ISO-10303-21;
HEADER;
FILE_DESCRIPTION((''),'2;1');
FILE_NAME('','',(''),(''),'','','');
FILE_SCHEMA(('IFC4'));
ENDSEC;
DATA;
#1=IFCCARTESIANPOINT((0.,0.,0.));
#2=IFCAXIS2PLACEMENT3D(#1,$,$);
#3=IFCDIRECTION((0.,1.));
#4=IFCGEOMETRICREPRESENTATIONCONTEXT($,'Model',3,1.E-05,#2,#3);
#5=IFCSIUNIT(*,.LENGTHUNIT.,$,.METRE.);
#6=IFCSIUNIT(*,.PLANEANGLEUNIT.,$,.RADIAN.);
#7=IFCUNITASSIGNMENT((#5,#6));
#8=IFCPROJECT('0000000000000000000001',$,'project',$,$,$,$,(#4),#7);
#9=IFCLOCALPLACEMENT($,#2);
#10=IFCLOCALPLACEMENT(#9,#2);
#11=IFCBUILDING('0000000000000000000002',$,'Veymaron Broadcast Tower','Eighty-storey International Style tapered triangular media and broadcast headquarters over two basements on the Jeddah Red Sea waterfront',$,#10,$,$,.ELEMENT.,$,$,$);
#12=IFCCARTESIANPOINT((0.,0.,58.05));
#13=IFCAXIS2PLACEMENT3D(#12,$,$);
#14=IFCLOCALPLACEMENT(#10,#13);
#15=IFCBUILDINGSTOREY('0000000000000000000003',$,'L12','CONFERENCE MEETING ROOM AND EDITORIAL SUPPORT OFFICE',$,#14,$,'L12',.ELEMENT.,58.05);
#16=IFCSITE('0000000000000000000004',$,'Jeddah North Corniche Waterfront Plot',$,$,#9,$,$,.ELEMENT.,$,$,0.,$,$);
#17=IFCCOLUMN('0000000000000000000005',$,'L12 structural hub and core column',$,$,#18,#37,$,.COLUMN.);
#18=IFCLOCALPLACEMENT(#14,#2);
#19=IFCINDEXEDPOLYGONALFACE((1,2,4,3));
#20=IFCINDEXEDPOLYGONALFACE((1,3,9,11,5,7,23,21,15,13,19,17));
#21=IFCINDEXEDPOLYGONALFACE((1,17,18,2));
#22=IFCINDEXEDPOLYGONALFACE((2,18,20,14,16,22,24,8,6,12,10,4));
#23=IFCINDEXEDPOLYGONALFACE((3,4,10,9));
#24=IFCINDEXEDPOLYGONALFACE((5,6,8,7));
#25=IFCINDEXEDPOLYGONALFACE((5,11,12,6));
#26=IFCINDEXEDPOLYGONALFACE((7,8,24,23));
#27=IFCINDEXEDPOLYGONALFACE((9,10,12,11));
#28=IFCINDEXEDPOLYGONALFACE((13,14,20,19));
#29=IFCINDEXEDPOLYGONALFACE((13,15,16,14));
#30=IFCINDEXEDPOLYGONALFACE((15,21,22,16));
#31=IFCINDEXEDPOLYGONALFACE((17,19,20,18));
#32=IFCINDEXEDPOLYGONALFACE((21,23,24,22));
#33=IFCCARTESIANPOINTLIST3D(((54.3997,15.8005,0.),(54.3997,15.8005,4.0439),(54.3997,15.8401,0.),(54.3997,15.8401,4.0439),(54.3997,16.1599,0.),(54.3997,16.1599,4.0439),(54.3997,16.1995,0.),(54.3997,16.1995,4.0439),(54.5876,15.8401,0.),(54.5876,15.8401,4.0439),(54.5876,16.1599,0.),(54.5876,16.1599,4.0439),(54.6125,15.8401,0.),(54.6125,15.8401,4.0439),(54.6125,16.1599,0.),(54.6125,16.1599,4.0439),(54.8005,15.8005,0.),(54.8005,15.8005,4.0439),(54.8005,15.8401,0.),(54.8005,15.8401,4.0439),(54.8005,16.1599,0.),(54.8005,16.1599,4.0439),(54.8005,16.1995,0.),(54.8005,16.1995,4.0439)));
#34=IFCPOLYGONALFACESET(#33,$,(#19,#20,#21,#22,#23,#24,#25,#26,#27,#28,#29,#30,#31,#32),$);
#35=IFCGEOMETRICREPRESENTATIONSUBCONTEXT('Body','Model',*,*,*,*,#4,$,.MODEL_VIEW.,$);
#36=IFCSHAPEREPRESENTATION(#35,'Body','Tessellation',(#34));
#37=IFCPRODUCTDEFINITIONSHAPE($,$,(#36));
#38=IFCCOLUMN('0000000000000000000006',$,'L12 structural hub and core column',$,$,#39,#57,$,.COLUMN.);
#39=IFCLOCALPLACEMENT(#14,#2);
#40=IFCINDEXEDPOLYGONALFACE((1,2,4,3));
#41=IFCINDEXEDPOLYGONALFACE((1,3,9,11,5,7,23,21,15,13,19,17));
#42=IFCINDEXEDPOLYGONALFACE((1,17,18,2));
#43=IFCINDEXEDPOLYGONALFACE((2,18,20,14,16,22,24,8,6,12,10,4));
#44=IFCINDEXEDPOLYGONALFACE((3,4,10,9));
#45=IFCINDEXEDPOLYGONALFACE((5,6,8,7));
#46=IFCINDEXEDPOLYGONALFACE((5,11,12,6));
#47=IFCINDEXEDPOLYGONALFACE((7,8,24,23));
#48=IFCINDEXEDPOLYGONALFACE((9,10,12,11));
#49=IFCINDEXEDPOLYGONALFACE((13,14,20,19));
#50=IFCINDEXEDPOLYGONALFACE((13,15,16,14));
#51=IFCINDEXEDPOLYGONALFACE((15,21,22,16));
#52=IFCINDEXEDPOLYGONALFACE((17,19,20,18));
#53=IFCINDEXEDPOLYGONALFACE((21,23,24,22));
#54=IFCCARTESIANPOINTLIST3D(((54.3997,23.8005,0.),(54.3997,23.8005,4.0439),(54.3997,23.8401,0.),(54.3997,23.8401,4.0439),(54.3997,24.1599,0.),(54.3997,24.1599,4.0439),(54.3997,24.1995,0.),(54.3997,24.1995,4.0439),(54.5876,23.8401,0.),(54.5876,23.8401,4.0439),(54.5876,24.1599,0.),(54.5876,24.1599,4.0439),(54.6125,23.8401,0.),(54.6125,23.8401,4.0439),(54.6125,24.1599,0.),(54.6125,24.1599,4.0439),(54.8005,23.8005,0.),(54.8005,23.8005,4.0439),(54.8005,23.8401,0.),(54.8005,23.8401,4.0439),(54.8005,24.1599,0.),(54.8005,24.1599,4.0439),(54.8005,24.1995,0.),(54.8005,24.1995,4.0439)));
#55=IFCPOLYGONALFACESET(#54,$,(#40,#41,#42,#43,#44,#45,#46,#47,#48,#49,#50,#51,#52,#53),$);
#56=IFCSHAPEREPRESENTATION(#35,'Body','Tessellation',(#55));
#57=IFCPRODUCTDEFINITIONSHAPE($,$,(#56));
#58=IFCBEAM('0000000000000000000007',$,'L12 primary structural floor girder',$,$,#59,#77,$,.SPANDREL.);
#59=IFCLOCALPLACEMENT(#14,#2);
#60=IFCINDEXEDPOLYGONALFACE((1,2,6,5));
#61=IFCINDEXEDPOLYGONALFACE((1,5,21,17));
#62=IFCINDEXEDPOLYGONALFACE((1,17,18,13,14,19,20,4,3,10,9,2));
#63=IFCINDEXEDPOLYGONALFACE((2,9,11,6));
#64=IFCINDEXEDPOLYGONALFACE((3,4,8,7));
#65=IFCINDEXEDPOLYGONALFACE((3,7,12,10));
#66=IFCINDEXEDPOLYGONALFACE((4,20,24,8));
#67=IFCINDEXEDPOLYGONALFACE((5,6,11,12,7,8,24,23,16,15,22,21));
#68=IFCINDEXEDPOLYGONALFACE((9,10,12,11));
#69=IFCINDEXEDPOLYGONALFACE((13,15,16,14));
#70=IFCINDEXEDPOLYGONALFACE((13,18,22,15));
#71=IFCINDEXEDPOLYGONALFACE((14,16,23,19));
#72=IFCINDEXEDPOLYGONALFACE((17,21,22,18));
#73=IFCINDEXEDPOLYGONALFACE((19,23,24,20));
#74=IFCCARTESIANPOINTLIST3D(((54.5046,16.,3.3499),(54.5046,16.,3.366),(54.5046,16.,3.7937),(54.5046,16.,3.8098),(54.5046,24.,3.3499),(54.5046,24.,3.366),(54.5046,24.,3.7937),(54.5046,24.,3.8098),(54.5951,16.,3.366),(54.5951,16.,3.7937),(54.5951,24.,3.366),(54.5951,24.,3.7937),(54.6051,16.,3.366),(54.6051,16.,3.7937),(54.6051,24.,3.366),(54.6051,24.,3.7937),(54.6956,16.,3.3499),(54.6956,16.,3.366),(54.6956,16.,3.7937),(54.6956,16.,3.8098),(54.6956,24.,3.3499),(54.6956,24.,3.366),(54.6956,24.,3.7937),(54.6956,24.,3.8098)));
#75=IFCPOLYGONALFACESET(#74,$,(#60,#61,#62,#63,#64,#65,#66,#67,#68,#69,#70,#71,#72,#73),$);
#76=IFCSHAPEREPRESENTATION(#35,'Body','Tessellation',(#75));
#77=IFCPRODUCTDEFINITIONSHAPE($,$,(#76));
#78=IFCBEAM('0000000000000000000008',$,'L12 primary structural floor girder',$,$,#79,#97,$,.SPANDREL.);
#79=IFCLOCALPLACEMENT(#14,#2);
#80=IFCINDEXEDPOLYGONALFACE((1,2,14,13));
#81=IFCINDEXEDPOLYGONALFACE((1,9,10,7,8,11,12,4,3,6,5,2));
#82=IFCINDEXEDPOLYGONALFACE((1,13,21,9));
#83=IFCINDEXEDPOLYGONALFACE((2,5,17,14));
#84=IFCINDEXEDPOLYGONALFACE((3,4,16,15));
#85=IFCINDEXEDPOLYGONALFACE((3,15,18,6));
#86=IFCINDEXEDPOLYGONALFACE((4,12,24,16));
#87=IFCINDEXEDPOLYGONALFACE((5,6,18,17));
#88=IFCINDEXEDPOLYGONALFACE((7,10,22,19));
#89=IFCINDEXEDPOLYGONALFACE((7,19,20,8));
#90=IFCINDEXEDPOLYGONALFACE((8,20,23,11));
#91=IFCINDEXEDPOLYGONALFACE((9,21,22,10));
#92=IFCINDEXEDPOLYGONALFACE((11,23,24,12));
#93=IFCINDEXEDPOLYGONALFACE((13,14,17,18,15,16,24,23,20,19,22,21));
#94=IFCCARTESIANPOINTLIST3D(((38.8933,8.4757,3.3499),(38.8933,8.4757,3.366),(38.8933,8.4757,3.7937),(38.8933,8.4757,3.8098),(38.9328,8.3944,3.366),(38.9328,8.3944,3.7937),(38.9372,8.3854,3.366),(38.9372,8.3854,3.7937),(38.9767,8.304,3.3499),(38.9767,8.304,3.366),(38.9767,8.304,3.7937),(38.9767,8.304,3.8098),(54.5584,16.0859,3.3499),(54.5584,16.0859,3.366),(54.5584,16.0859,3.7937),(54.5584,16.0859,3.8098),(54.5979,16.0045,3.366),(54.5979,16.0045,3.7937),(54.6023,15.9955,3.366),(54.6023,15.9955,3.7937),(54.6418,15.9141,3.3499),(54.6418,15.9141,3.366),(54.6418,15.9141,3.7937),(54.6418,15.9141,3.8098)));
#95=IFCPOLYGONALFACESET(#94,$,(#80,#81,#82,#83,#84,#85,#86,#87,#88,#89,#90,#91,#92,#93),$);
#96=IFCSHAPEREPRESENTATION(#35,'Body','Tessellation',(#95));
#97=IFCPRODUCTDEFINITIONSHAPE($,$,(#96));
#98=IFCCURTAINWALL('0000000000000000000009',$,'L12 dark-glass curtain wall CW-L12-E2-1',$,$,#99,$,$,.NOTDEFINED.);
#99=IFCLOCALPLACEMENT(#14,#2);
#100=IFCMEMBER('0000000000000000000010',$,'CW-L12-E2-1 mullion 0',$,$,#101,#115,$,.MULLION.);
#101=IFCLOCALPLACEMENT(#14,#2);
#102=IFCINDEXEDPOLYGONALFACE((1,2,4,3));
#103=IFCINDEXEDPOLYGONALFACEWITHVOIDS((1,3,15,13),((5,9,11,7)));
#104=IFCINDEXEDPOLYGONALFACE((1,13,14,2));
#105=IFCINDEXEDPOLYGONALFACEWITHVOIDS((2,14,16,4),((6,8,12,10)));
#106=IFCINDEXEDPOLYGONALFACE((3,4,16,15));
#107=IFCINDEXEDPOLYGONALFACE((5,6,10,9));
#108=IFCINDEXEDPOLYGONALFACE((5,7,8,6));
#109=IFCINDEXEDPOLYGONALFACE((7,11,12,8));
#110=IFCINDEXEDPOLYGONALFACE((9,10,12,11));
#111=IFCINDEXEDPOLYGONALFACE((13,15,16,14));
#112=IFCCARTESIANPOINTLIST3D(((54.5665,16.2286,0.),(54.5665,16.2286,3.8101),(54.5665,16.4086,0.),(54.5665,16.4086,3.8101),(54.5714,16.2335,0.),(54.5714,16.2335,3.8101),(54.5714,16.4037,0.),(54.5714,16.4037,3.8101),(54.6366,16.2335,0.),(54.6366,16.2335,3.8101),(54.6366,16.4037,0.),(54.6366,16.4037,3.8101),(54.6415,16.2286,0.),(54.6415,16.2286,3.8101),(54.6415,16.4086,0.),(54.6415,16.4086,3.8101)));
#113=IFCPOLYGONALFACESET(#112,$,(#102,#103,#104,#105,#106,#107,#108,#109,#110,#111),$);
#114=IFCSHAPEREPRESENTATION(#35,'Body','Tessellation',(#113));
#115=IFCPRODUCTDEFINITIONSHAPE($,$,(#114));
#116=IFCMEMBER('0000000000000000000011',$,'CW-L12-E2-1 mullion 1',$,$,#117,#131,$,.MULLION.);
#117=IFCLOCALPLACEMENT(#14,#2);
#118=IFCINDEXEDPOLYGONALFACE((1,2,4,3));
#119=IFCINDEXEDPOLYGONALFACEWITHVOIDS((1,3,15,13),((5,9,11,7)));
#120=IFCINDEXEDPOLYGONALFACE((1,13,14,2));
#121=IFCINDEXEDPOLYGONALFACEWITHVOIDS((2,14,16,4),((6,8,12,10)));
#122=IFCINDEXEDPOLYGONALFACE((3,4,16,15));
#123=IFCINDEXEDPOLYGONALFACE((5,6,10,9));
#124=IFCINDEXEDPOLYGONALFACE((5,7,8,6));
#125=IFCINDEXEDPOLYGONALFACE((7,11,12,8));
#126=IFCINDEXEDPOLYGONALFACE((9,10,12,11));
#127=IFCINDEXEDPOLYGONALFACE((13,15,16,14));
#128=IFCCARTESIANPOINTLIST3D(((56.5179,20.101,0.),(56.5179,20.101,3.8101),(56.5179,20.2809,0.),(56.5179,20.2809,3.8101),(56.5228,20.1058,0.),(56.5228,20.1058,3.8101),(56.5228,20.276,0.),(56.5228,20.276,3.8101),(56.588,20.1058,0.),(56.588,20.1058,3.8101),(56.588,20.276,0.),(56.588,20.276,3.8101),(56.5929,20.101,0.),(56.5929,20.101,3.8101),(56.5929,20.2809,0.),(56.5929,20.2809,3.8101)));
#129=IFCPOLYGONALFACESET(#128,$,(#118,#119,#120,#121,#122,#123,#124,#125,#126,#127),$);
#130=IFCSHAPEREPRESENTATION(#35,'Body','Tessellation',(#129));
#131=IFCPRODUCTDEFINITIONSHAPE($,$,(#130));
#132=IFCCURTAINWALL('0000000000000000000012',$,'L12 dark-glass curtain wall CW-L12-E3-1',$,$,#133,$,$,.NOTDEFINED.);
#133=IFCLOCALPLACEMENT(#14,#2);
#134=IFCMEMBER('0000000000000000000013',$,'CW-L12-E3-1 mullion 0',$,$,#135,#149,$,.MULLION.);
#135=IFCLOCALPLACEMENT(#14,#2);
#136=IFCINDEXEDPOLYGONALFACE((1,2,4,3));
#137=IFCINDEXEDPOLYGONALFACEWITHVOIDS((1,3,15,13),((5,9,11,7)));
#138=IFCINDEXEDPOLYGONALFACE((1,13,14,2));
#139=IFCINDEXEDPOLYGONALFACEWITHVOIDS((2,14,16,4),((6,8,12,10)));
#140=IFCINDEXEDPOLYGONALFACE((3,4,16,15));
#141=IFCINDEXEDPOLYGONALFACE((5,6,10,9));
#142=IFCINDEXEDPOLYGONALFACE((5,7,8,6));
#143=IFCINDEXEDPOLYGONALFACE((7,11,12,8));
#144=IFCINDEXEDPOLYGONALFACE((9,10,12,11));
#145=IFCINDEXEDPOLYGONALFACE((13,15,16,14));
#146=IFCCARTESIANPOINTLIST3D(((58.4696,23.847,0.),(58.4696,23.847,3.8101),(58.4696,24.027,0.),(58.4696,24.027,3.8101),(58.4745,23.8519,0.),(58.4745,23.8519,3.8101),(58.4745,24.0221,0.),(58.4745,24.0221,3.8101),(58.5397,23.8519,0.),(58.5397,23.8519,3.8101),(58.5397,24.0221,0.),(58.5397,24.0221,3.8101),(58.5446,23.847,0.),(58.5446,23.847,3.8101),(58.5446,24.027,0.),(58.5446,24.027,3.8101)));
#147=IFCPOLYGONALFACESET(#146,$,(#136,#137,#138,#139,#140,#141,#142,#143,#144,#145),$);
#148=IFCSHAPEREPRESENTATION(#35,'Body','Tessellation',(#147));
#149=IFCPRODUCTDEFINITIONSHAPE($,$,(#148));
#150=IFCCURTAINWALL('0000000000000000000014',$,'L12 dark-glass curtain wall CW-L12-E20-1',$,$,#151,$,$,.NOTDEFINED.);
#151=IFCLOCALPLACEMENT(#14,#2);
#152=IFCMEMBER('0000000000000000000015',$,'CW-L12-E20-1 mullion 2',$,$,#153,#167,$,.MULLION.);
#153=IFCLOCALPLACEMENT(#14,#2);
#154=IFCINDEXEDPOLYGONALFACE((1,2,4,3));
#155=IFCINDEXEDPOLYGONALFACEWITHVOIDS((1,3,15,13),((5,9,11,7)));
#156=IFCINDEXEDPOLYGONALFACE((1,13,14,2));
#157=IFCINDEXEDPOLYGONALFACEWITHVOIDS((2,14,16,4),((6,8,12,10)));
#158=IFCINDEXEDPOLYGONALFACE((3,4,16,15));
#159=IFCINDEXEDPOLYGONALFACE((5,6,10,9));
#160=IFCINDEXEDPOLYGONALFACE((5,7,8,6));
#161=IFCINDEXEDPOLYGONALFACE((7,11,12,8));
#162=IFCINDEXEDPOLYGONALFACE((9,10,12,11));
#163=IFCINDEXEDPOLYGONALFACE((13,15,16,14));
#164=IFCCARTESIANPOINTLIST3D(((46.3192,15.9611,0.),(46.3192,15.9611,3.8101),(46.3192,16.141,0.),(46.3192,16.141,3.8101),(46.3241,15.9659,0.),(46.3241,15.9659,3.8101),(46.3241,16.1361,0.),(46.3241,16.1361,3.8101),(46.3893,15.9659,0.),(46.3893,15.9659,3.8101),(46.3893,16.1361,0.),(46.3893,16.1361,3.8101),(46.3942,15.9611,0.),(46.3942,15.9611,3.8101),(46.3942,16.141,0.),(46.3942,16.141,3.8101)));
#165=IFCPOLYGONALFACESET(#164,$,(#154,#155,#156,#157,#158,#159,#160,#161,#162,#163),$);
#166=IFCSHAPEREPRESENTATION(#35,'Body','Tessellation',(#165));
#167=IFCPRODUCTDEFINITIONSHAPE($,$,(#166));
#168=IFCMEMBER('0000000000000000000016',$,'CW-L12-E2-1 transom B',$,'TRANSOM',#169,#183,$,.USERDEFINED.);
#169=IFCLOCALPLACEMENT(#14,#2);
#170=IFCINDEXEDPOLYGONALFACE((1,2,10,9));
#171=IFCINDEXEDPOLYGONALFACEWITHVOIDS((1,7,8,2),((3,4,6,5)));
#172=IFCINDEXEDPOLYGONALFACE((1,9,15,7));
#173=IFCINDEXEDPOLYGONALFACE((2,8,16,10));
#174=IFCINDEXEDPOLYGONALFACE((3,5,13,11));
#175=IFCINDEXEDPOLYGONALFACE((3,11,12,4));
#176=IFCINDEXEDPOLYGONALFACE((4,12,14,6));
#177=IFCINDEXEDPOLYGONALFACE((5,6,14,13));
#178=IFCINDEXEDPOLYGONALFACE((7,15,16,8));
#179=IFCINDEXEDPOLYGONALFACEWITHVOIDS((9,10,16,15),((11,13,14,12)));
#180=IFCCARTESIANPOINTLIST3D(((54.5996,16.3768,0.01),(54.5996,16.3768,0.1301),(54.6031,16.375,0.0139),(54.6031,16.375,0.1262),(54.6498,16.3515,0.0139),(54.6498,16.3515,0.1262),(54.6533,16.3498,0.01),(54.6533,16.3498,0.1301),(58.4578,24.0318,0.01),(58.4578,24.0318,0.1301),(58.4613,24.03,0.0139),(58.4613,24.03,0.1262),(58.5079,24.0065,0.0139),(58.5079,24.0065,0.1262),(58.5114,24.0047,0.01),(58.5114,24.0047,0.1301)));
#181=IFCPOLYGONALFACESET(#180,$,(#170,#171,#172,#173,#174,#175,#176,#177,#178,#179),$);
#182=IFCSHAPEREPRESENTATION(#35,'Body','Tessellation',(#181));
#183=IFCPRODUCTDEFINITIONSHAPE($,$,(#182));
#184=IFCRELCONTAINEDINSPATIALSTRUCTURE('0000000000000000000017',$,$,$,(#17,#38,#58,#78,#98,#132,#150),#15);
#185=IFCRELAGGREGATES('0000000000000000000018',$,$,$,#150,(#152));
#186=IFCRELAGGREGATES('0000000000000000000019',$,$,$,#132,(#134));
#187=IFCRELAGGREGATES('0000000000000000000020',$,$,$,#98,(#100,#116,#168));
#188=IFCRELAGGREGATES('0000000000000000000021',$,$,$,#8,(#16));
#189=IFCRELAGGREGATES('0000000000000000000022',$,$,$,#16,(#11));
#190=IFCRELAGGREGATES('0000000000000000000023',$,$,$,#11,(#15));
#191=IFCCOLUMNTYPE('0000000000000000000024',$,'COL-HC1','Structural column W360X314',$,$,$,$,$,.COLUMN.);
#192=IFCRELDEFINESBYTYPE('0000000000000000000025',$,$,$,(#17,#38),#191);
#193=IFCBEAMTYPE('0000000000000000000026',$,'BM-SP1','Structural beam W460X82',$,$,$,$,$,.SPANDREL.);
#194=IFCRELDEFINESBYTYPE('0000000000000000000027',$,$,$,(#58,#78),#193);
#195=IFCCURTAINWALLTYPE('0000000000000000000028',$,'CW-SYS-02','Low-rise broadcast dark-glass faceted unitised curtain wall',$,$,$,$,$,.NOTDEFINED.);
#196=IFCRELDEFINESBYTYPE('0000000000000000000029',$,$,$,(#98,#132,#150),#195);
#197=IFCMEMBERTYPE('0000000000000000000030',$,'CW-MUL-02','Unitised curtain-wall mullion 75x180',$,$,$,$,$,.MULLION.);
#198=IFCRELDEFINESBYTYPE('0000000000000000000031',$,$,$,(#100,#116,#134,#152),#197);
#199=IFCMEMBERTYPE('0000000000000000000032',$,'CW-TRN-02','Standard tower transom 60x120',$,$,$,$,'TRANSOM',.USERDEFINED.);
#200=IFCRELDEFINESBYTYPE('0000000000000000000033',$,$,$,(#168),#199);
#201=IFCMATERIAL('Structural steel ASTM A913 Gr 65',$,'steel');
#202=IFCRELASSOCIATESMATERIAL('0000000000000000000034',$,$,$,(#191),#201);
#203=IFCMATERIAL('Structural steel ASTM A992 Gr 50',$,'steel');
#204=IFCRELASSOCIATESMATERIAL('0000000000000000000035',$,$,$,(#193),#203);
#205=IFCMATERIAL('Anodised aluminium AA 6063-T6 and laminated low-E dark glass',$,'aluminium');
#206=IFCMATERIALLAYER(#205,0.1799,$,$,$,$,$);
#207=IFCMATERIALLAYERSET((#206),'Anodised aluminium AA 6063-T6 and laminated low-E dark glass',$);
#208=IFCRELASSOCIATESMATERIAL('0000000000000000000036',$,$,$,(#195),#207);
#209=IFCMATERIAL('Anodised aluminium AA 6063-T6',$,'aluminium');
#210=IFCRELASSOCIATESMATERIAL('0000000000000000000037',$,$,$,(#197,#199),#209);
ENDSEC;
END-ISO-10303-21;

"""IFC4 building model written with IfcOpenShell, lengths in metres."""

from ifc_helpers import new_model, si_unit, direction, frame, origin, origin_2d, place, context, subcontext, project, spatial, hollow_rectangle, i_section, extrude, material, layer, layer_set, material_profile, profile_set, type_object, element, aggregate, save


model = new_model("IFC4")

# Units and contexts
model_context = context("Model", 3, precision=1e-05, world=origin(), true_north=direction((0.0, 1.0)))
body_context = subcontext(model_context, "Body", "Model", "MODEL_VIEW")
ifc_project = project(units=[si_unit("LENGTHUNIT", "METRE"), si_unit("PLANEANGLEUNIT", "RADIAN")], contexts=[model_context])

# Site, building, storey
site_placement = place(None, origin())
site = spatial("IfcSite", under=ifc_project, at=site_placement, Name="Jeddah North Corniche Waterfront Plot", CompositionType="ELEMENT", RefElevation=0.0)
building_placement = place(site_placement, origin())
building = spatial("IfcBuilding", under=site, at=building_placement, Name="Veymaron Broadcast Tower", Description="Eighty-storey International Style tapered triangular media and broadcast headquarters over two basements on the Jeddah Red Sea waterfront", CompositionType="ELEMENT")
storey_placement = place(building_placement, frame((0.0, 0.0, 58.05)))
storey = spatial("IfcBuildingStorey", under=building, at=storey_placement, Name="L12", Description="CONFERENCE MEETING ROOM AND EDITORIAL SUPPORT OFFICE", LongName="L12", CompositionType="ELEMENT", Elevation=58.05)

# Columns
ifc_material_1 = material(Name="Structural steel ASTM A913 Gr 65", Category="steel")
ifc_material_profile_1 = material_profile(ifc_material_1, i_section(OverallWidth=0.4009, OverallDepth=0.3989, WebThickness=0.0249, FlangeThickness=0.0396, at=origin_2d()), Name="W360X314")
ifc_profile_set_1 = profile_set([ifc_material_profile_1], Name="Structural steel ASTM A913 Gr 65")
column_type = type_object("IfcColumnType", Name="COL-HC1", Description="Structural column W360X314", PredefinedType="COLUMN", material=ifc_profile_set_1)
for number, where, z_axis, x_axis, name in (
    (1, (54.6001, 16.0, 0.0), (0.0, 0.0, 1.0), (1.0, 0.0, 0.0), "L12 structural hub and core column"),
    (2, (54.6001, 24.0, 0.0), (0.0, 0.0, 1.0), (1.0, 0.0, 0.0), "L12 structural hub and core column"),
):
    element("IfcColumn", number, at=place(storey_placement, frame(where, z_axis=z_axis, x_axis=x_axis)), inside=storey, type_object=column_type, Name=name, PredefinedType="COLUMN", context=body_context, shape_type="SweptSolid", body=[
        extrude(i_section(OverallWidth=0.4009, OverallDepth=0.3989, WebThickness=0.0249, FlangeThickness=0.0396, at=origin_2d()), origin(), (0.0, 0.0, 1.0), 4.0439),
    ])

# Beams
ifc_material_2 = material(Name="Structural steel ASTM A992 Gr 50", Category="steel")
ifc_material_profile_2 = material_profile(ifc_material_2, i_section(OverallWidth=0.1909, OverallDepth=0.46, WebThickness=0.01, FlangeThickness=0.0161, at=origin_2d()), Name="W460X82")
ifc_profile_set_2 = profile_set([ifc_material_profile_2], Name="Structural steel ASTM A992 Gr 50")
beam_type = type_object("IfcBeamType", Name="BM-SP1", Description="Structural beam W460X82", PredefinedType="SPANDREL", material=ifc_profile_set_2)
beam_1_placement = place(storey_placement, frame((54.6001, 16.0, 3.5798), z_axis=(0.0, 1.0, 0.0), x_axis=(-1.0, 0.0, 0.0)))
element("IfcBeam", 3, at=beam_1_placement, inside=storey, type_object=beam_type, Name="L12 primary structural floor girder", PredefinedType="SPANDREL", context=body_context, shape_type="SweptSolid", body=[
    extrude(i_section(OverallWidth=0.1909, OverallDepth=0.46, WebThickness=0.01, FlangeThickness=0.0161, at=origin_2d()), origin(), (0.0, 0.0, 1.0), 8.0),
])
beam_2_placement = place(storey_placement, frame((54.6001, 16.0, 3.5798), z_axis=(-0.899477, -0.436968, 0.0), x_axis=(0.436968, -0.899477, 0.0)))
element("IfcBeam", 4, at=beam_2_placement, inside=storey, type_object=beam_type, Name="L12 primary structural floor girder", PredefinedType="SPANDREL", context=body_context, shape_type="SweptSolid", body=[
    extrude(i_section(OverallWidth=0.1909, OverallDepth=0.46, WebThickness=0.01, FlangeThickness=0.0161, at=origin_2d()), origin(), (0.0, 0.0, 1.0), 17.4158),
])

# Curtain wall, members
ifc_material_3 = material(Name="Anodised aluminium AA 6063-T6 and laminated low-E dark glass", Category="aluminium")
ifc_layer_1 = layer(ifc_material_3, 0.1799)
ifc_layer_set_1 = layer_set([ifc_layer_1], Name="Anodised aluminium AA 6063-T6 and laminated low-E dark glass")
curtain_wall_type = type_object("IfcCurtainWallType", Name="CW-SYS-02", Description="Low-rise broadcast dark-glass faceted unitised curtain wall", PredefinedType="NOTDEFINED", material=ifc_layer_set_1)
curtain_wall_1_placement = place(storey_placement, origin())
curtain_wall_1 = element("IfcCurtainWall", 5, at=curtain_wall_1_placement, inside=storey, type_object=curtain_wall_type, Name="L12 dark-glass curtain wall CW-L12-E2-1", PredefinedType="NOTDEFINED")
ifc_material_4 = material(Name="Anodised aluminium AA 6063-T6", Category="aluminium")
ifc_material_profile_3 = material_profile(ifc_material_4, hollow_rectangle(XDim=0.075, YDim=0.1799, WallThickness=0.0049, at=origin_2d()), Name="AL180X75X5")
ifc_profile_set_3 = profile_set([ifc_material_profile_3], Name="Anodised aluminium AA 6063-T6")
member_type_1 = type_object("IfcMemberType", Name="CW-MUL-02", Description="Unitised curtain-wall mullion 75x180", PredefinedType="MULLION", material=ifc_profile_set_3)
member_1_placement = place(storey_placement, frame((54.604, 16.3186, 0.0), z_axis=(0.0, 0.0, 1.0), x_axis=(1.0, 0.0, 0.0)))
member_1 = element("IfcMember", 6, at=member_1_placement, type_object=member_type_1, Name="CW-L12-E2-1 mullion 0", PredefinedType="MULLION", context=body_context, shape_type="SweptSolid", body=[
    extrude(hollow_rectangle(XDim=0.075, YDim=0.1799, WallThickness=0.0049, at=origin_2d()), origin(), (0.0, 0.0, 1.0), 3.8101),
])
member_2_placement = place(storey_placement, frame((56.5554, 20.1909, 0.0), z_axis=(0.0, 0.0, 1.0), x_axis=(1.0, 0.0, 0.0)))
member_2 = element("IfcMember", 7, at=member_2_placement, type_object=member_type_1, Name="CW-L12-E2-1 mullion 1", PredefinedType="MULLION", context=body_context, shape_type="SweptSolid", body=[
    extrude(hollow_rectangle(XDim=0.075, YDim=0.1799, WallThickness=0.0049, at=origin_2d()), origin(), (0.0, 0.0, 1.0), 3.8101),
])

# Curtain walls, members
curtain_wall_2_placement = place(storey_placement, origin())
curtain_wall_2 = element("IfcCurtainWall", 8, at=curtain_wall_2_placement, inside=storey, type_object=curtain_wall_type, Name="L12 dark-glass curtain wall CW-L12-E3-1", PredefinedType="NOTDEFINED")
member_3_placement = place(storey_placement, frame((58.5071, 23.937, 0.0), z_axis=(0.0, 0.0, 1.0), x_axis=(1.0, 0.0, 0.0)))
member_3 = element("IfcMember", 9, at=member_3_placement, type_object=member_type_1, Name="CW-L12-E3-1 mullion 0", PredefinedType="MULLION", context=body_context, shape_type="SweptSolid", body=[
    extrude(hollow_rectangle(XDim=0.075, YDim=0.1799, WallThickness=0.0049, at=origin_2d()), origin(), (0.0, 0.0, 1.0), 3.8101),
])
curtain_wall_3_placement = place(storey_placement, origin())
curtain_wall_3 = element("IfcCurtainWall", 10, at=curtain_wall_3_placement, inside=storey, type_object=curtain_wall_type, Name="L12 dark-glass curtain wall CW-L12-E20-1", PredefinedType="NOTDEFINED")
member_4_placement = place(storey_placement, frame((46.3567, 16.051, 0.0), z_axis=(0.0, 0.0, 1.0), x_axis=(1.0, 0.0, 0.0)))
member_4 = element("IfcMember", 11, at=member_4_placement, type_object=member_type_1, Name="CW-L12-E20-1 mullion 2", PredefinedType="MULLION", context=body_context, shape_type="SweptSolid", body=[
    extrude(hollow_rectangle(XDim=0.075, YDim=0.1799, WallThickness=0.0049, at=origin_2d()), origin(), (0.0, 0.0, 1.0), 3.8101),
])
aggregate(curtain_wall_3, [member_4])

# Member
ifc_material_profile_4 = material_profile(ifc_material_4, hollow_rectangle(XDim=0.0601, YDim=0.1201, WallThickness=0.0039, at=origin_2d()), Name="AL120X60X4")
ifc_profile_set_4 = profile_set([ifc_material_profile_4], Name="Anodised aluminium AA 6063-T6")
member_type_2 = type_object("IfcMemberType", Name="CW-TRN-02", Description="Standard tower transom 60x120", ElementType="TRANSOM", PredefinedType="USERDEFINED", material=ifc_profile_set_4)
member_5_placement = place(storey_placement, frame((54.6265, 16.3633, 0.0701), z_axis=(0.450071, 0.892993, 0.0), x_axis=(-0.892993, 0.450071, 0.0)))
member_5 = element("IfcMember", 12, at=member_5_placement, type_object=member_type_2, Name="CW-L12-E2-1 transom B", ObjectType="TRANSOM", PredefinedType="USERDEFINED", context=body_context, shape_type="SweptSolid", body=[
    extrude(hollow_rectangle(XDim=0.0601, YDim=0.1201, WallThickness=0.0039, at=origin_2d()), origin(), (0.0, 0.0, 1.0), 8.5723),
])
aggregate(curtain_wall_2, [member_3])

aggregate(curtain_wall_1, [member_1, member_2, member_5])

save(model, "model.ifc")
